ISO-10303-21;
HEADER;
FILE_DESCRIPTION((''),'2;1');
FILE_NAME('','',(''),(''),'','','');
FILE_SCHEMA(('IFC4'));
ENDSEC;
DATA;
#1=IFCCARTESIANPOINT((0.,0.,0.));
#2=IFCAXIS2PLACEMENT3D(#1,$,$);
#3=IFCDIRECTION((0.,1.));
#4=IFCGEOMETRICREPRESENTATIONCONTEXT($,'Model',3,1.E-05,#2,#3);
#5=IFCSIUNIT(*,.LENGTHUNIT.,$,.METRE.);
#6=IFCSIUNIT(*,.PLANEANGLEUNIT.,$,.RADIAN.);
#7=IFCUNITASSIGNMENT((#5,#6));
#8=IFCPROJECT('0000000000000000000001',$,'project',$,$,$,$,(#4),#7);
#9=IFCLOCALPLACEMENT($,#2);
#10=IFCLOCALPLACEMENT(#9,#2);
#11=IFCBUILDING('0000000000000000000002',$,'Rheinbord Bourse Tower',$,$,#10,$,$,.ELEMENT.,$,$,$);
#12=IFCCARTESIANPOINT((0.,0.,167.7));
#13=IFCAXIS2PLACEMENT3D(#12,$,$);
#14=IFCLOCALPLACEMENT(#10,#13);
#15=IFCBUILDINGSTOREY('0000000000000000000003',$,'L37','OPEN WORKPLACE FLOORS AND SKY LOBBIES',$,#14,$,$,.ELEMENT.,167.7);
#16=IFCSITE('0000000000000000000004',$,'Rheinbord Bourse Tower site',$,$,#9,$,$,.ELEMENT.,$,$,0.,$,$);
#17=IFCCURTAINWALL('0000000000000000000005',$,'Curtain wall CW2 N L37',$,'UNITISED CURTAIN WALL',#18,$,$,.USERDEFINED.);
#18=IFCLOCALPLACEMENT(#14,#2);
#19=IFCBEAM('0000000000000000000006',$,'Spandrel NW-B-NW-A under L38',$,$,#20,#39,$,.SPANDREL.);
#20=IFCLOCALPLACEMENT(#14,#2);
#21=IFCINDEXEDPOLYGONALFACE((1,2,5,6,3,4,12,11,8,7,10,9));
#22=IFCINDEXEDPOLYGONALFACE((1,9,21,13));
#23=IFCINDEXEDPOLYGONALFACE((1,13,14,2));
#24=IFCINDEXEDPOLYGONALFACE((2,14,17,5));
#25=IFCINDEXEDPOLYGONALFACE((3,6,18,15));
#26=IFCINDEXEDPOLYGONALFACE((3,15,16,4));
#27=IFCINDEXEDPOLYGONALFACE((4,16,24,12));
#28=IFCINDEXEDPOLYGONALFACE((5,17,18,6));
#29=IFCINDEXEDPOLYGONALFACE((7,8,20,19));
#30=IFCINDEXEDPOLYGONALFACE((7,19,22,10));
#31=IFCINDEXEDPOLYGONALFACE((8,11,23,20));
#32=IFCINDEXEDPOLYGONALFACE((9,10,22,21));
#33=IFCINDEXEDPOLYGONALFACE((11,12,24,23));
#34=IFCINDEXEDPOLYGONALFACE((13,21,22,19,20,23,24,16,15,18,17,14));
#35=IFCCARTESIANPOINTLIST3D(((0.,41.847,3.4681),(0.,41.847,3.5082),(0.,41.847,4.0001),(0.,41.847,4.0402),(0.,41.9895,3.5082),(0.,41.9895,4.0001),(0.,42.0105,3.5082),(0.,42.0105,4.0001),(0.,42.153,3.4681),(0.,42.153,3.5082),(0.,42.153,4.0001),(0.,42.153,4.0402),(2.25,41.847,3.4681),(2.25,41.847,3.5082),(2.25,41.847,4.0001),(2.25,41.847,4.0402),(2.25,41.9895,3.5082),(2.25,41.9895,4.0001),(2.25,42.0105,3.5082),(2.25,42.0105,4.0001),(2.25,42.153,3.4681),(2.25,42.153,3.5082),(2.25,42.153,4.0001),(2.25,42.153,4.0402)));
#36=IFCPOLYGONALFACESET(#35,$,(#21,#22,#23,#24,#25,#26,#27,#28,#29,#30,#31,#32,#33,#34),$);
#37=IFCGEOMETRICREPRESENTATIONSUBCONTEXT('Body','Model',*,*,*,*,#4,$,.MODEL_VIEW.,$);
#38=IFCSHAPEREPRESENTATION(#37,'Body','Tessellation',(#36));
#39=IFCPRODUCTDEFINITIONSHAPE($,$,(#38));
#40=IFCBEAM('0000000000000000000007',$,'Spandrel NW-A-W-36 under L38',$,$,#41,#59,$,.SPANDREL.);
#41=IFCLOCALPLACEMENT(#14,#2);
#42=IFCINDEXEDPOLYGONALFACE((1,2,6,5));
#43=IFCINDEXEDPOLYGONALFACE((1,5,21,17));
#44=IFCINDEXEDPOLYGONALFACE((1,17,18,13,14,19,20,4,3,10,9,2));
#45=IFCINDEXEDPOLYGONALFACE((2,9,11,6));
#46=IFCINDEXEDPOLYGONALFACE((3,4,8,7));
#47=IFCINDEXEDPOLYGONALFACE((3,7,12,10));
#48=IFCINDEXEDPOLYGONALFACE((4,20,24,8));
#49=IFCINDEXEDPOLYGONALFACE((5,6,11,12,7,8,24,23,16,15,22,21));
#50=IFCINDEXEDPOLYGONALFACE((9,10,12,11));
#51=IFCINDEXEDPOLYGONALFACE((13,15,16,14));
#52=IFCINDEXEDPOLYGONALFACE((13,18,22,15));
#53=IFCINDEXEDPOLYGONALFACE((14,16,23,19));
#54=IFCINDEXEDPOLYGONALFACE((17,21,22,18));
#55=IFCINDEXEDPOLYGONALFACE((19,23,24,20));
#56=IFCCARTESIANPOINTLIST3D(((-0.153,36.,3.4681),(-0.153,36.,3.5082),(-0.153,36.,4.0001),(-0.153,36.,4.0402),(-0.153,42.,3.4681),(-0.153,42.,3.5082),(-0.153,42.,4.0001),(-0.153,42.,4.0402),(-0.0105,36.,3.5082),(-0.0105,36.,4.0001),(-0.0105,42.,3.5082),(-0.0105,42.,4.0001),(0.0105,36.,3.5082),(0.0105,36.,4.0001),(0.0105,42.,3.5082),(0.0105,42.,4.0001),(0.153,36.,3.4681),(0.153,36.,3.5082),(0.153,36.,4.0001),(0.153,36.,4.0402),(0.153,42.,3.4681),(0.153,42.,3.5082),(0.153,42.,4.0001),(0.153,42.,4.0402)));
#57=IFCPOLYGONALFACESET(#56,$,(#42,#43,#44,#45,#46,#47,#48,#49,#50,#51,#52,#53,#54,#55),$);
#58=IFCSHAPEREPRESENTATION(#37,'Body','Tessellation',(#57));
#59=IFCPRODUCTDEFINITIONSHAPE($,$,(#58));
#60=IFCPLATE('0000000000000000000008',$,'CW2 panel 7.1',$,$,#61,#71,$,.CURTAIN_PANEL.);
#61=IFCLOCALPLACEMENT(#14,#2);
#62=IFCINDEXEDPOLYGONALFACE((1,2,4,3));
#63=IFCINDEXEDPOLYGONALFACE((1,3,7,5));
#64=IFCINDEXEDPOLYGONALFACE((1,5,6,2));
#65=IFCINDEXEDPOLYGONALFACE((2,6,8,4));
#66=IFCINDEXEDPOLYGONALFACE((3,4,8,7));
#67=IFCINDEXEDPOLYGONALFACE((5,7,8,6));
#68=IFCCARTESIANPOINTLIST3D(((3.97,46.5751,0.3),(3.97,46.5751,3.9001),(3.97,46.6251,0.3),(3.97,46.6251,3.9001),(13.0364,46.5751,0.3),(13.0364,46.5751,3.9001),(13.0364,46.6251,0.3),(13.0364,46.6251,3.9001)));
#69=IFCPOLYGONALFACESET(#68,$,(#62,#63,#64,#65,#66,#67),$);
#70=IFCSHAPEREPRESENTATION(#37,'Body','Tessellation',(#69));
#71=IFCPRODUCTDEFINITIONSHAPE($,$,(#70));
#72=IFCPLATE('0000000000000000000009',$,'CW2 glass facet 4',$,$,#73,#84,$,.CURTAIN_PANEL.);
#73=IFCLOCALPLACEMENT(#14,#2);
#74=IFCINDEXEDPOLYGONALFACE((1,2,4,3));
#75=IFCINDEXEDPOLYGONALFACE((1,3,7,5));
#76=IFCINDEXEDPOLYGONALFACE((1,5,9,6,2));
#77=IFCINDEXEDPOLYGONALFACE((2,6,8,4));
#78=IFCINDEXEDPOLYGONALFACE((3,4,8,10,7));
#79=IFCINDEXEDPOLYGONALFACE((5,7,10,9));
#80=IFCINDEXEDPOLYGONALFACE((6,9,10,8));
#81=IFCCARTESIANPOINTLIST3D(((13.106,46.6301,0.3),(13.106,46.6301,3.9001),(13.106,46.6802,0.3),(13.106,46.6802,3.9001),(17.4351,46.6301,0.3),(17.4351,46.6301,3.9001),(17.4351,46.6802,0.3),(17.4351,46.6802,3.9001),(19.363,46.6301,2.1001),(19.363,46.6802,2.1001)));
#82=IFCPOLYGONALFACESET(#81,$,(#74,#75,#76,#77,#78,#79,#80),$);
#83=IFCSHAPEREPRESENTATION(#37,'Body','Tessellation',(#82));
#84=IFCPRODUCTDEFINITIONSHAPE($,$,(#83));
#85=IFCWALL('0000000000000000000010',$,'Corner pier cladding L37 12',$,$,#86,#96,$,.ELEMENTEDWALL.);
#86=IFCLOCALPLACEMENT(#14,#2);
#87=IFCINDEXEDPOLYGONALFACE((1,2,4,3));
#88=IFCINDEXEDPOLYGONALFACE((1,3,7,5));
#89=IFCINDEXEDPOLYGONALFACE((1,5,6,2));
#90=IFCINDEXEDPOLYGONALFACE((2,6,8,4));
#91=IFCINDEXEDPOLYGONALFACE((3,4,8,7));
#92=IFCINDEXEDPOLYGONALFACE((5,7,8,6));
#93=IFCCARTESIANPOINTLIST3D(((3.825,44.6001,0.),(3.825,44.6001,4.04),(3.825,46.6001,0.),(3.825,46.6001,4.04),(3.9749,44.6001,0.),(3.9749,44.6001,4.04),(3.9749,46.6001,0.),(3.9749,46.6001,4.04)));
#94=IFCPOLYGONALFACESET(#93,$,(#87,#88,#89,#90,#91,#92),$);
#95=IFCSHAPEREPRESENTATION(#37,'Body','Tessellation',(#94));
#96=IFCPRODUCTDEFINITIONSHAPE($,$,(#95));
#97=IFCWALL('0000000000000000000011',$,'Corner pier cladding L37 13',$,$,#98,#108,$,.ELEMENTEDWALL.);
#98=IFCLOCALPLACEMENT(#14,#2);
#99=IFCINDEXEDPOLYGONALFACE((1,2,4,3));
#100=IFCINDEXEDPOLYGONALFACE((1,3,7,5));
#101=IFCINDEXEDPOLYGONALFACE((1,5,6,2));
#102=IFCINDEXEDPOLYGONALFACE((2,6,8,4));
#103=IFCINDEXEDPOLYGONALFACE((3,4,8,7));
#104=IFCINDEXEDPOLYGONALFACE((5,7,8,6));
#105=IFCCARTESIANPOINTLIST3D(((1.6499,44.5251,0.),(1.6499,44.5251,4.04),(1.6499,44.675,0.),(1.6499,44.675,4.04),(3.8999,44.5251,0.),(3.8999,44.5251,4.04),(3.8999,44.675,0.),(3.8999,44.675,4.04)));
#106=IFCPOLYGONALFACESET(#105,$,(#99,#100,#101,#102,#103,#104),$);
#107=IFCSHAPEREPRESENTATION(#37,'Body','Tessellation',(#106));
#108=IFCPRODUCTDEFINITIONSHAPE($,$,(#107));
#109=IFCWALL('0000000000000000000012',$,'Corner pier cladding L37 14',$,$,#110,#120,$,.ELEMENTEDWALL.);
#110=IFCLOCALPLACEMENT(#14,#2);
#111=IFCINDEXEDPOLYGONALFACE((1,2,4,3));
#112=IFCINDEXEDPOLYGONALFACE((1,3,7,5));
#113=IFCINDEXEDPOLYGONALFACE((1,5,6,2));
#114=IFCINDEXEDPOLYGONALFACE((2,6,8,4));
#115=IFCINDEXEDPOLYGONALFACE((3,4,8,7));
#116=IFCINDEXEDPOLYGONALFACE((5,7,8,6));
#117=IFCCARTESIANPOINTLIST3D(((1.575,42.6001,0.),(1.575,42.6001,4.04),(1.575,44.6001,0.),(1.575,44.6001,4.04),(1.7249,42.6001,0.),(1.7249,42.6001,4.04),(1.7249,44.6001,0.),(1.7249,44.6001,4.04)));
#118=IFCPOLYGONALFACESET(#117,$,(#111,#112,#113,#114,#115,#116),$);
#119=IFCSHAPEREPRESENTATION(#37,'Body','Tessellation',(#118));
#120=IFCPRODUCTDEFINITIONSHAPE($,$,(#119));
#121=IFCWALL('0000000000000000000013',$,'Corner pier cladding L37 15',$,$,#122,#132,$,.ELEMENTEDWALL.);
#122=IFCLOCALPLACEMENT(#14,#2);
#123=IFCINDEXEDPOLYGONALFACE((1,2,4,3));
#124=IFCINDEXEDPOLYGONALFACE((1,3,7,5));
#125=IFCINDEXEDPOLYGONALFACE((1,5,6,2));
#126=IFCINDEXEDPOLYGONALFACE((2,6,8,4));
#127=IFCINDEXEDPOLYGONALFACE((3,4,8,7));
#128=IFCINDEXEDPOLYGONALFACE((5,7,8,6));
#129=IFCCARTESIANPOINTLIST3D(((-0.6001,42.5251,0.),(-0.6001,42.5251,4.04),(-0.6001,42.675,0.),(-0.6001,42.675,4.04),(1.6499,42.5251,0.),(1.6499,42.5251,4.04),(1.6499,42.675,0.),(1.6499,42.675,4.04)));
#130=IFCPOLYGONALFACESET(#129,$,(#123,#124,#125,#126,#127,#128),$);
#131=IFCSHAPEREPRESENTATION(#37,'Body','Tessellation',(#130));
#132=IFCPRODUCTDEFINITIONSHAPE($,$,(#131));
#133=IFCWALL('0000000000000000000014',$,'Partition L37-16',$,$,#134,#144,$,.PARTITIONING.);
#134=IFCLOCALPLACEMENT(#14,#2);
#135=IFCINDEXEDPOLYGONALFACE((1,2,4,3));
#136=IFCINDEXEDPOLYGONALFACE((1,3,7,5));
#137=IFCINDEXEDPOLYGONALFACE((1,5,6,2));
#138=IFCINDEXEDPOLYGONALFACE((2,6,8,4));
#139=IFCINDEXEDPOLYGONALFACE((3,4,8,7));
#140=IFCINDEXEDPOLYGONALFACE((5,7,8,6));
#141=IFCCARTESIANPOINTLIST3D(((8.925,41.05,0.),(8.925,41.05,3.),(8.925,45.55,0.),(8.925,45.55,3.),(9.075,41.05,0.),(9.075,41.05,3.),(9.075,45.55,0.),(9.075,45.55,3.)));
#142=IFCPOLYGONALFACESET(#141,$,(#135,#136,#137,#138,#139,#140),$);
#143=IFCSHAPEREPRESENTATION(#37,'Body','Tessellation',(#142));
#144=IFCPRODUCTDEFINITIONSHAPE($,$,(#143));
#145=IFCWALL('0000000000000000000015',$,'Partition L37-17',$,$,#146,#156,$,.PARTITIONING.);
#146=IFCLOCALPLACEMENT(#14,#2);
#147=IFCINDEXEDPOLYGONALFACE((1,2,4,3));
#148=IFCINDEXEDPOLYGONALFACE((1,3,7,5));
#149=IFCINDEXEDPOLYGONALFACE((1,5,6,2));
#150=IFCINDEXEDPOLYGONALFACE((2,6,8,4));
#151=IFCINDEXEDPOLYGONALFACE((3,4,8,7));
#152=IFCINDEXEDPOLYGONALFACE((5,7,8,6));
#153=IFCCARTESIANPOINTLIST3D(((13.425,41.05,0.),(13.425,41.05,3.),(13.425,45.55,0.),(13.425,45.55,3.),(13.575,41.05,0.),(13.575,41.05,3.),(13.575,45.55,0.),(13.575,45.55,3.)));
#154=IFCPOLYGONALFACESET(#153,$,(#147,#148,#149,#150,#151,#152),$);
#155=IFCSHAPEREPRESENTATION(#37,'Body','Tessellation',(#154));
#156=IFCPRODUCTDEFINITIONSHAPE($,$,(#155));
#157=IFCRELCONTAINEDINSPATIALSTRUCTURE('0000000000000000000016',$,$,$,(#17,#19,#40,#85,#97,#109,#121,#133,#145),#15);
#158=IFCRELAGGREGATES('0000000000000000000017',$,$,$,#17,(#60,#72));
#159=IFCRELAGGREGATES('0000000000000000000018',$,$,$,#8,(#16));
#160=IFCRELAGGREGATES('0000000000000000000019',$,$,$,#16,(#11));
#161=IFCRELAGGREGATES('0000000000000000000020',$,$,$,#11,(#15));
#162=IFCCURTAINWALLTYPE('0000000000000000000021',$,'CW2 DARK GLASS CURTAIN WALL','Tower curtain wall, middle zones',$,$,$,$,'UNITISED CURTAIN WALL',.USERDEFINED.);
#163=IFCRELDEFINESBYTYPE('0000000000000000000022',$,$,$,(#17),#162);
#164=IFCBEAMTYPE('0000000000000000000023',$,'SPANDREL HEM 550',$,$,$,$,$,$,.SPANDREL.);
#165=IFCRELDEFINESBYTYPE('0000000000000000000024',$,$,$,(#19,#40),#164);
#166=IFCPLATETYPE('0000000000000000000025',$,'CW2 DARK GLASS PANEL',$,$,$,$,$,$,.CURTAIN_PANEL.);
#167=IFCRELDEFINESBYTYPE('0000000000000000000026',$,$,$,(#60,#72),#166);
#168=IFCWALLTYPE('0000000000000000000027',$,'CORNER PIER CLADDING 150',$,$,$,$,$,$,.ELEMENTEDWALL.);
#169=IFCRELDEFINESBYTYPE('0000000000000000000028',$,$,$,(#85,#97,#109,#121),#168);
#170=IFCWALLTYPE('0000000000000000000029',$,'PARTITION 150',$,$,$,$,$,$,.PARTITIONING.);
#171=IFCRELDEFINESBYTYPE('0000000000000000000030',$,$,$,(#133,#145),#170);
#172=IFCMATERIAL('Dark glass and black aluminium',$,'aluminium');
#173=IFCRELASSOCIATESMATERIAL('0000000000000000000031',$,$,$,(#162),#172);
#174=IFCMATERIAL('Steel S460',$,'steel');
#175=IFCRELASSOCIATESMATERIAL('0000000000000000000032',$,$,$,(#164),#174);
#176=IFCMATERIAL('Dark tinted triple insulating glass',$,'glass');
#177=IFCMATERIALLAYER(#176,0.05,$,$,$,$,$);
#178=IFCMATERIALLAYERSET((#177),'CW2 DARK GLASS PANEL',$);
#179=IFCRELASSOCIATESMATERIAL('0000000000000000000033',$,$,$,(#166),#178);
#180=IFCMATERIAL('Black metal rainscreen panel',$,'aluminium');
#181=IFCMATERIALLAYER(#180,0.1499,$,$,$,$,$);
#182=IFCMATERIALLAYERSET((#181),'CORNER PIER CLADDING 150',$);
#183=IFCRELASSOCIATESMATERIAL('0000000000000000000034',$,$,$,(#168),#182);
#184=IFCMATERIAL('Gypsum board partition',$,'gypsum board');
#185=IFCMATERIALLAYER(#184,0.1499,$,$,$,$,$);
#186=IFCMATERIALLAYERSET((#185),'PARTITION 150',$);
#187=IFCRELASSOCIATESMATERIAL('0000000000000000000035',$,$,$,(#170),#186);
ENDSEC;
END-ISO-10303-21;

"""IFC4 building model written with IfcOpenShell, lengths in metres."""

from ifc_helpers import new_model, si_unit, direction, frame, frame_2d, origin, origin_2d, place, context, subcontext, project, spatial, polyline, rectangle, i_section, outline, extrude, material, layer, layer_set, material_profile, profile_set, type_object, element, aggregate, save


model = new_model("IFC4")

# Units and contexts
model_context = context("Model", 3, precision=1e-05, world=origin(), true_north=direction((0.0, 1.0)))
body_context = subcontext(model_context, "Body", "Model", "MODEL_VIEW")
ifc_project = project(units=[si_unit("LENGTHUNIT", "METRE"), si_unit("PLANEANGLEUNIT", "RADIAN")], contexts=[model_context])

# Site, building, storey
site_placement = place(None, origin())
site = spatial("IfcSite", under=ifc_project, at=site_placement, Name="Rheinbord Bourse Tower site", CompositionType="ELEMENT", RefElevation=0.0)
building_placement = place(site_placement, origin())
building = spatial("IfcBuilding", under=site, at=building_placement, Name="Rheinbord Bourse Tower", CompositionType="ELEMENT")
storey_placement = place(building_placement, frame((0.0, 0.0, 167.7)))
storey = spatial("IfcBuildingStorey", under=building, at=storey_placement, Name="L37", Description="OPEN WORKPLACE FLOORS AND SKY LOBBIES", CompositionType="ELEMENT", Elevation=167.7)

# Curtain wall
ifc_material_1 = material(Name="Dark glass and black aluminium", Category="aluminium")
curtain_wall_type = type_object("IfcCurtainWallType", Name="CW2 DARK GLASS CURTAIN WALL", Description="Tower curtain wall, middle zones", ElementType="UNITISED CURTAIN WALL", PredefinedType="USERDEFINED", material=ifc_material_1)
curtain_wall_1_placement = place(storey_placement, origin())
curtain_wall_1 = element("IfcCurtainWall", 1, at=curtain_wall_1_placement, inside=storey, type_object=curtain_wall_type, Name="Curtain wall CW2 N L37", ObjectType="UNITISED CURTAIN WALL", PredefinedType="USERDEFINED")

# Beams
ifc_material_2 = material(Name="Steel S460", Category="steel")
ifc_material_profile_1 = material_profile(ifc_material_2, i_section(OverallWidth=0.3059, OverallDepth=0.572, WebThickness=0.021, FlangeThickness=0.04, at=origin_2d()), Name="HEM 550")
ifc_profile_set_1 = profile_set([ifc_material_profile_1], Name="Steel S460")
beam_type_1 = type_object("IfcBeamType", Name="SPANDREL HEM 550", PredefinedType="SPANDREL", material=ifc_profile_set_1)
beam_1_placement = place(storey_placement, frame((2.25, 42.0, 3.7542), z_axis=(-1.0, 0.0, 0.0), x_axis=(0.0, -1.0, 0.0)))
element("IfcBeam", 2, at=beam_1_placement, inside=storey, type_object=beam_type_1, Name="Spandrel NW-B-NW-A under L38", PredefinedType="SPANDREL", context=body_context, shape_type="SweptSolid", body=[
    extrude(i_section(OverallWidth=0.3059, OverallDepth=0.572, WebThickness=0.021, FlangeThickness=0.04, at=origin_2d()), origin(), (0.0, 0.0, 1.0), 2.25),
])
beam_2_placement = place(storey_placement, frame((0.0, 42.0, 3.7542), z_axis=(0.0, -1.0, 0.0), x_axis=(1.0, 0.0, 0.0)))
element("IfcBeam", 3, at=beam_2_placement, inside=storey, type_object=beam_type_1, Name="Spandrel NW-A-W-36 under L38", PredefinedType="SPANDREL", context=body_context, shape_type="SweptSolid", body=[
    extrude(i_section(OverallWidth=0.3059, OverallDepth=0.572, WebThickness=0.021, FlangeThickness=0.04, at=origin_2d()), origin(), (0.0, 0.0, 1.0), 6.0),
])

# Plates
ifc_material_3 = material(Name="Dark tinted triple insulating glass", Category="glass")
ifc_layer_1 = layer(ifc_material_3, 0.05)
ifc_layer_set_1 = layer_set([ifc_layer_1], Name="CW2 DARK GLASS PANEL")
plate_type = type_object("IfcPlateType", Name="CW2 DARK GLASS PANEL", PredefinedType="CURTAIN_PANEL", material=ifc_layer_set_1)
plate_1_placement = place(storey_placement, frame((8.5032, 46.6001, 0.3), z_axis=(0.0, 0.0, 1.0), x_axis=(-1.0, 0.0, 0.0)))
plate_1 = element("IfcPlate", 4, at=plate_1_placement, type_object=plate_type, Name="CW2 panel 7.1", PredefinedType="CURTAIN_PANEL", context=body_context, shape_type="SweptSolid", body=[
    extrude(rectangle(XDim=9.0664, YDim=0.05, at=origin_2d()), origin(), (0.0, 0.0, 1.0), 3.6001),
])
plate_2_placement = place(storey_placement, frame((13.106, 46.6802, 3.9001), z_axis=(0.0, -1.0, 0.0), x_axis=(0.0, 0.0, -1.0)))
plate_2 = element("IfcPlate", 5, at=plate_2_placement, type_object=plate_type, Name="CW2 glass facet 4", PredefinedType="CURTAIN_PANEL", context=body_context, shape_type="SweptSolid", body=[
    extrude(outline(polyline([(0.0, 0.0), (3.6001, 0.0), (3.6001, 4.3291), (1.8, 6.2571), (0.0, 4.3291), (0.0, 0.0)])), origin(), (0.0, 0.0, 1.0), 0.05),
])
aggregate(curtain_wall_1, [plate_1, plate_2])

# Walls
ifc_material_4 = material(Name="Black metal rainscreen panel", Category="aluminium")
ifc_layer_2 = layer(ifc_material_4, 0.1499)
ifc_layer_set_2 = layer_set([ifc_layer_2], Name="CORNER PIER CLADDING 150")
wall_type_1 = type_object("IfcWallType", Name="CORNER PIER CLADDING 150", PredefinedType="ELEMENTEDWALL", material=ifc_layer_set_2)
wall_1_placement = place(storey_placement, frame((3.8999, 46.6001, 0.0), z_axis=(0.0, 0.0, 1.0), x_axis=(0.0, -1.0, 0.0)))
element("IfcWall", 6, at=wall_1_placement, inside=storey, type_object=wall_type_1, Name="Corner pier cladding L37 12", PredefinedType="ELEMENTEDWALL", context=body_context, shape_type="SweptSolid", body=[
    extrude(rectangle(XDim=2.0, YDim=0.1499, at=frame_2d((1.0, 0.0))), origin(), (0.0, 0.0, 1.0), 4.04),
])
wall_2_placement = place(storey_placement, frame((3.8999, 44.6001, 0.0), z_axis=(0.0, 0.0, 1.0), x_axis=(-1.0, 0.0, 0.0)))
element("IfcWall", 7, at=wall_2_placement, inside=storey, type_object=wall_type_1, Name="Corner pier cladding L37 13", PredefinedType="ELEMENTEDWALL", context=body_context, shape_type="SweptSolid", body=[
    extrude(rectangle(XDim=2.25, YDim=0.1499, at=frame_2d((1.125, 0.0))), origin(), (0.0, 0.0, 1.0), 4.04),
])
wall_3_placement = place(storey_placement, frame((1.6499, 44.6001, 0.0), z_axis=(0.0, 0.0, 1.0), x_axis=(0.0, -1.0, 0.0)))
element("IfcWall", 8, at=wall_3_placement, inside=storey, type_object=wall_type_1, Name="Corner pier cladding L37 14", PredefinedType="ELEMENTEDWALL", context=body_context, shape_type="SweptSolid", body=[
    extrude(rectangle(XDim=2.0, YDim=0.1499, at=frame_2d((1.0, 0.0))), origin(), (0.0, 0.0, 1.0), 4.04),
])
wall_4_placement = place(storey_placement, frame((1.6499, 42.6001, 0.0), z_axis=(0.0, 0.0, 1.0), x_axis=(-1.0, 0.0, 0.0)))
element("IfcWall", 9, at=wall_4_placement, inside=storey, type_object=wall_type_1, Name="Corner pier cladding L37 15", PredefinedType="ELEMENTEDWALL", context=body_context, shape_type="SweptSolid", body=[
    extrude(rectangle(XDim=2.25, YDim=0.1499, at=frame_2d((1.125, 0.0))), origin(), (0.0, 0.0, 1.0), 4.04),
])
ifc_material_5 = material(Name="Gypsum board partition", Category="gypsum board")
ifc_layer_3 = layer(ifc_material_5, 0.1499)
ifc_layer_set_3 = layer_set([ifc_layer_3], Name="PARTITION 150")
wall_type_2 = type_object("IfcWallType", Name="PARTITION 150", PredefinedType="PARTITIONING", material=ifc_layer_set_3)
for number, where, z_axis, x_axis, name in (
    (10, (9.0, 41.05, 0.0), (0.0, 0.0, 1.0), (0.0, 1.0, 0.0), "Partition L37-16"),
    (11, (13.5, 41.05, 0.0), (0.0, 0.0, 1.0), (0.0, 1.0, 0.0), "Partition L37-17"),
):
    element("IfcWall", number, at=place(storey_placement, frame(where, z_axis=z_axis, x_axis=x_axis)), inside=storey, type_object=wall_type_2, Name=name, PredefinedType="PARTITIONING", context=body_context, shape_type="SweptSolid", body=[
        extrude(rectangle(XDim=4.5, YDim=0.1499, at=frame_2d((2.25, 0.0))), origin(), (0.0, 0.0, 1.0), 3.0),
    ])

save(model, "model.ifc")
